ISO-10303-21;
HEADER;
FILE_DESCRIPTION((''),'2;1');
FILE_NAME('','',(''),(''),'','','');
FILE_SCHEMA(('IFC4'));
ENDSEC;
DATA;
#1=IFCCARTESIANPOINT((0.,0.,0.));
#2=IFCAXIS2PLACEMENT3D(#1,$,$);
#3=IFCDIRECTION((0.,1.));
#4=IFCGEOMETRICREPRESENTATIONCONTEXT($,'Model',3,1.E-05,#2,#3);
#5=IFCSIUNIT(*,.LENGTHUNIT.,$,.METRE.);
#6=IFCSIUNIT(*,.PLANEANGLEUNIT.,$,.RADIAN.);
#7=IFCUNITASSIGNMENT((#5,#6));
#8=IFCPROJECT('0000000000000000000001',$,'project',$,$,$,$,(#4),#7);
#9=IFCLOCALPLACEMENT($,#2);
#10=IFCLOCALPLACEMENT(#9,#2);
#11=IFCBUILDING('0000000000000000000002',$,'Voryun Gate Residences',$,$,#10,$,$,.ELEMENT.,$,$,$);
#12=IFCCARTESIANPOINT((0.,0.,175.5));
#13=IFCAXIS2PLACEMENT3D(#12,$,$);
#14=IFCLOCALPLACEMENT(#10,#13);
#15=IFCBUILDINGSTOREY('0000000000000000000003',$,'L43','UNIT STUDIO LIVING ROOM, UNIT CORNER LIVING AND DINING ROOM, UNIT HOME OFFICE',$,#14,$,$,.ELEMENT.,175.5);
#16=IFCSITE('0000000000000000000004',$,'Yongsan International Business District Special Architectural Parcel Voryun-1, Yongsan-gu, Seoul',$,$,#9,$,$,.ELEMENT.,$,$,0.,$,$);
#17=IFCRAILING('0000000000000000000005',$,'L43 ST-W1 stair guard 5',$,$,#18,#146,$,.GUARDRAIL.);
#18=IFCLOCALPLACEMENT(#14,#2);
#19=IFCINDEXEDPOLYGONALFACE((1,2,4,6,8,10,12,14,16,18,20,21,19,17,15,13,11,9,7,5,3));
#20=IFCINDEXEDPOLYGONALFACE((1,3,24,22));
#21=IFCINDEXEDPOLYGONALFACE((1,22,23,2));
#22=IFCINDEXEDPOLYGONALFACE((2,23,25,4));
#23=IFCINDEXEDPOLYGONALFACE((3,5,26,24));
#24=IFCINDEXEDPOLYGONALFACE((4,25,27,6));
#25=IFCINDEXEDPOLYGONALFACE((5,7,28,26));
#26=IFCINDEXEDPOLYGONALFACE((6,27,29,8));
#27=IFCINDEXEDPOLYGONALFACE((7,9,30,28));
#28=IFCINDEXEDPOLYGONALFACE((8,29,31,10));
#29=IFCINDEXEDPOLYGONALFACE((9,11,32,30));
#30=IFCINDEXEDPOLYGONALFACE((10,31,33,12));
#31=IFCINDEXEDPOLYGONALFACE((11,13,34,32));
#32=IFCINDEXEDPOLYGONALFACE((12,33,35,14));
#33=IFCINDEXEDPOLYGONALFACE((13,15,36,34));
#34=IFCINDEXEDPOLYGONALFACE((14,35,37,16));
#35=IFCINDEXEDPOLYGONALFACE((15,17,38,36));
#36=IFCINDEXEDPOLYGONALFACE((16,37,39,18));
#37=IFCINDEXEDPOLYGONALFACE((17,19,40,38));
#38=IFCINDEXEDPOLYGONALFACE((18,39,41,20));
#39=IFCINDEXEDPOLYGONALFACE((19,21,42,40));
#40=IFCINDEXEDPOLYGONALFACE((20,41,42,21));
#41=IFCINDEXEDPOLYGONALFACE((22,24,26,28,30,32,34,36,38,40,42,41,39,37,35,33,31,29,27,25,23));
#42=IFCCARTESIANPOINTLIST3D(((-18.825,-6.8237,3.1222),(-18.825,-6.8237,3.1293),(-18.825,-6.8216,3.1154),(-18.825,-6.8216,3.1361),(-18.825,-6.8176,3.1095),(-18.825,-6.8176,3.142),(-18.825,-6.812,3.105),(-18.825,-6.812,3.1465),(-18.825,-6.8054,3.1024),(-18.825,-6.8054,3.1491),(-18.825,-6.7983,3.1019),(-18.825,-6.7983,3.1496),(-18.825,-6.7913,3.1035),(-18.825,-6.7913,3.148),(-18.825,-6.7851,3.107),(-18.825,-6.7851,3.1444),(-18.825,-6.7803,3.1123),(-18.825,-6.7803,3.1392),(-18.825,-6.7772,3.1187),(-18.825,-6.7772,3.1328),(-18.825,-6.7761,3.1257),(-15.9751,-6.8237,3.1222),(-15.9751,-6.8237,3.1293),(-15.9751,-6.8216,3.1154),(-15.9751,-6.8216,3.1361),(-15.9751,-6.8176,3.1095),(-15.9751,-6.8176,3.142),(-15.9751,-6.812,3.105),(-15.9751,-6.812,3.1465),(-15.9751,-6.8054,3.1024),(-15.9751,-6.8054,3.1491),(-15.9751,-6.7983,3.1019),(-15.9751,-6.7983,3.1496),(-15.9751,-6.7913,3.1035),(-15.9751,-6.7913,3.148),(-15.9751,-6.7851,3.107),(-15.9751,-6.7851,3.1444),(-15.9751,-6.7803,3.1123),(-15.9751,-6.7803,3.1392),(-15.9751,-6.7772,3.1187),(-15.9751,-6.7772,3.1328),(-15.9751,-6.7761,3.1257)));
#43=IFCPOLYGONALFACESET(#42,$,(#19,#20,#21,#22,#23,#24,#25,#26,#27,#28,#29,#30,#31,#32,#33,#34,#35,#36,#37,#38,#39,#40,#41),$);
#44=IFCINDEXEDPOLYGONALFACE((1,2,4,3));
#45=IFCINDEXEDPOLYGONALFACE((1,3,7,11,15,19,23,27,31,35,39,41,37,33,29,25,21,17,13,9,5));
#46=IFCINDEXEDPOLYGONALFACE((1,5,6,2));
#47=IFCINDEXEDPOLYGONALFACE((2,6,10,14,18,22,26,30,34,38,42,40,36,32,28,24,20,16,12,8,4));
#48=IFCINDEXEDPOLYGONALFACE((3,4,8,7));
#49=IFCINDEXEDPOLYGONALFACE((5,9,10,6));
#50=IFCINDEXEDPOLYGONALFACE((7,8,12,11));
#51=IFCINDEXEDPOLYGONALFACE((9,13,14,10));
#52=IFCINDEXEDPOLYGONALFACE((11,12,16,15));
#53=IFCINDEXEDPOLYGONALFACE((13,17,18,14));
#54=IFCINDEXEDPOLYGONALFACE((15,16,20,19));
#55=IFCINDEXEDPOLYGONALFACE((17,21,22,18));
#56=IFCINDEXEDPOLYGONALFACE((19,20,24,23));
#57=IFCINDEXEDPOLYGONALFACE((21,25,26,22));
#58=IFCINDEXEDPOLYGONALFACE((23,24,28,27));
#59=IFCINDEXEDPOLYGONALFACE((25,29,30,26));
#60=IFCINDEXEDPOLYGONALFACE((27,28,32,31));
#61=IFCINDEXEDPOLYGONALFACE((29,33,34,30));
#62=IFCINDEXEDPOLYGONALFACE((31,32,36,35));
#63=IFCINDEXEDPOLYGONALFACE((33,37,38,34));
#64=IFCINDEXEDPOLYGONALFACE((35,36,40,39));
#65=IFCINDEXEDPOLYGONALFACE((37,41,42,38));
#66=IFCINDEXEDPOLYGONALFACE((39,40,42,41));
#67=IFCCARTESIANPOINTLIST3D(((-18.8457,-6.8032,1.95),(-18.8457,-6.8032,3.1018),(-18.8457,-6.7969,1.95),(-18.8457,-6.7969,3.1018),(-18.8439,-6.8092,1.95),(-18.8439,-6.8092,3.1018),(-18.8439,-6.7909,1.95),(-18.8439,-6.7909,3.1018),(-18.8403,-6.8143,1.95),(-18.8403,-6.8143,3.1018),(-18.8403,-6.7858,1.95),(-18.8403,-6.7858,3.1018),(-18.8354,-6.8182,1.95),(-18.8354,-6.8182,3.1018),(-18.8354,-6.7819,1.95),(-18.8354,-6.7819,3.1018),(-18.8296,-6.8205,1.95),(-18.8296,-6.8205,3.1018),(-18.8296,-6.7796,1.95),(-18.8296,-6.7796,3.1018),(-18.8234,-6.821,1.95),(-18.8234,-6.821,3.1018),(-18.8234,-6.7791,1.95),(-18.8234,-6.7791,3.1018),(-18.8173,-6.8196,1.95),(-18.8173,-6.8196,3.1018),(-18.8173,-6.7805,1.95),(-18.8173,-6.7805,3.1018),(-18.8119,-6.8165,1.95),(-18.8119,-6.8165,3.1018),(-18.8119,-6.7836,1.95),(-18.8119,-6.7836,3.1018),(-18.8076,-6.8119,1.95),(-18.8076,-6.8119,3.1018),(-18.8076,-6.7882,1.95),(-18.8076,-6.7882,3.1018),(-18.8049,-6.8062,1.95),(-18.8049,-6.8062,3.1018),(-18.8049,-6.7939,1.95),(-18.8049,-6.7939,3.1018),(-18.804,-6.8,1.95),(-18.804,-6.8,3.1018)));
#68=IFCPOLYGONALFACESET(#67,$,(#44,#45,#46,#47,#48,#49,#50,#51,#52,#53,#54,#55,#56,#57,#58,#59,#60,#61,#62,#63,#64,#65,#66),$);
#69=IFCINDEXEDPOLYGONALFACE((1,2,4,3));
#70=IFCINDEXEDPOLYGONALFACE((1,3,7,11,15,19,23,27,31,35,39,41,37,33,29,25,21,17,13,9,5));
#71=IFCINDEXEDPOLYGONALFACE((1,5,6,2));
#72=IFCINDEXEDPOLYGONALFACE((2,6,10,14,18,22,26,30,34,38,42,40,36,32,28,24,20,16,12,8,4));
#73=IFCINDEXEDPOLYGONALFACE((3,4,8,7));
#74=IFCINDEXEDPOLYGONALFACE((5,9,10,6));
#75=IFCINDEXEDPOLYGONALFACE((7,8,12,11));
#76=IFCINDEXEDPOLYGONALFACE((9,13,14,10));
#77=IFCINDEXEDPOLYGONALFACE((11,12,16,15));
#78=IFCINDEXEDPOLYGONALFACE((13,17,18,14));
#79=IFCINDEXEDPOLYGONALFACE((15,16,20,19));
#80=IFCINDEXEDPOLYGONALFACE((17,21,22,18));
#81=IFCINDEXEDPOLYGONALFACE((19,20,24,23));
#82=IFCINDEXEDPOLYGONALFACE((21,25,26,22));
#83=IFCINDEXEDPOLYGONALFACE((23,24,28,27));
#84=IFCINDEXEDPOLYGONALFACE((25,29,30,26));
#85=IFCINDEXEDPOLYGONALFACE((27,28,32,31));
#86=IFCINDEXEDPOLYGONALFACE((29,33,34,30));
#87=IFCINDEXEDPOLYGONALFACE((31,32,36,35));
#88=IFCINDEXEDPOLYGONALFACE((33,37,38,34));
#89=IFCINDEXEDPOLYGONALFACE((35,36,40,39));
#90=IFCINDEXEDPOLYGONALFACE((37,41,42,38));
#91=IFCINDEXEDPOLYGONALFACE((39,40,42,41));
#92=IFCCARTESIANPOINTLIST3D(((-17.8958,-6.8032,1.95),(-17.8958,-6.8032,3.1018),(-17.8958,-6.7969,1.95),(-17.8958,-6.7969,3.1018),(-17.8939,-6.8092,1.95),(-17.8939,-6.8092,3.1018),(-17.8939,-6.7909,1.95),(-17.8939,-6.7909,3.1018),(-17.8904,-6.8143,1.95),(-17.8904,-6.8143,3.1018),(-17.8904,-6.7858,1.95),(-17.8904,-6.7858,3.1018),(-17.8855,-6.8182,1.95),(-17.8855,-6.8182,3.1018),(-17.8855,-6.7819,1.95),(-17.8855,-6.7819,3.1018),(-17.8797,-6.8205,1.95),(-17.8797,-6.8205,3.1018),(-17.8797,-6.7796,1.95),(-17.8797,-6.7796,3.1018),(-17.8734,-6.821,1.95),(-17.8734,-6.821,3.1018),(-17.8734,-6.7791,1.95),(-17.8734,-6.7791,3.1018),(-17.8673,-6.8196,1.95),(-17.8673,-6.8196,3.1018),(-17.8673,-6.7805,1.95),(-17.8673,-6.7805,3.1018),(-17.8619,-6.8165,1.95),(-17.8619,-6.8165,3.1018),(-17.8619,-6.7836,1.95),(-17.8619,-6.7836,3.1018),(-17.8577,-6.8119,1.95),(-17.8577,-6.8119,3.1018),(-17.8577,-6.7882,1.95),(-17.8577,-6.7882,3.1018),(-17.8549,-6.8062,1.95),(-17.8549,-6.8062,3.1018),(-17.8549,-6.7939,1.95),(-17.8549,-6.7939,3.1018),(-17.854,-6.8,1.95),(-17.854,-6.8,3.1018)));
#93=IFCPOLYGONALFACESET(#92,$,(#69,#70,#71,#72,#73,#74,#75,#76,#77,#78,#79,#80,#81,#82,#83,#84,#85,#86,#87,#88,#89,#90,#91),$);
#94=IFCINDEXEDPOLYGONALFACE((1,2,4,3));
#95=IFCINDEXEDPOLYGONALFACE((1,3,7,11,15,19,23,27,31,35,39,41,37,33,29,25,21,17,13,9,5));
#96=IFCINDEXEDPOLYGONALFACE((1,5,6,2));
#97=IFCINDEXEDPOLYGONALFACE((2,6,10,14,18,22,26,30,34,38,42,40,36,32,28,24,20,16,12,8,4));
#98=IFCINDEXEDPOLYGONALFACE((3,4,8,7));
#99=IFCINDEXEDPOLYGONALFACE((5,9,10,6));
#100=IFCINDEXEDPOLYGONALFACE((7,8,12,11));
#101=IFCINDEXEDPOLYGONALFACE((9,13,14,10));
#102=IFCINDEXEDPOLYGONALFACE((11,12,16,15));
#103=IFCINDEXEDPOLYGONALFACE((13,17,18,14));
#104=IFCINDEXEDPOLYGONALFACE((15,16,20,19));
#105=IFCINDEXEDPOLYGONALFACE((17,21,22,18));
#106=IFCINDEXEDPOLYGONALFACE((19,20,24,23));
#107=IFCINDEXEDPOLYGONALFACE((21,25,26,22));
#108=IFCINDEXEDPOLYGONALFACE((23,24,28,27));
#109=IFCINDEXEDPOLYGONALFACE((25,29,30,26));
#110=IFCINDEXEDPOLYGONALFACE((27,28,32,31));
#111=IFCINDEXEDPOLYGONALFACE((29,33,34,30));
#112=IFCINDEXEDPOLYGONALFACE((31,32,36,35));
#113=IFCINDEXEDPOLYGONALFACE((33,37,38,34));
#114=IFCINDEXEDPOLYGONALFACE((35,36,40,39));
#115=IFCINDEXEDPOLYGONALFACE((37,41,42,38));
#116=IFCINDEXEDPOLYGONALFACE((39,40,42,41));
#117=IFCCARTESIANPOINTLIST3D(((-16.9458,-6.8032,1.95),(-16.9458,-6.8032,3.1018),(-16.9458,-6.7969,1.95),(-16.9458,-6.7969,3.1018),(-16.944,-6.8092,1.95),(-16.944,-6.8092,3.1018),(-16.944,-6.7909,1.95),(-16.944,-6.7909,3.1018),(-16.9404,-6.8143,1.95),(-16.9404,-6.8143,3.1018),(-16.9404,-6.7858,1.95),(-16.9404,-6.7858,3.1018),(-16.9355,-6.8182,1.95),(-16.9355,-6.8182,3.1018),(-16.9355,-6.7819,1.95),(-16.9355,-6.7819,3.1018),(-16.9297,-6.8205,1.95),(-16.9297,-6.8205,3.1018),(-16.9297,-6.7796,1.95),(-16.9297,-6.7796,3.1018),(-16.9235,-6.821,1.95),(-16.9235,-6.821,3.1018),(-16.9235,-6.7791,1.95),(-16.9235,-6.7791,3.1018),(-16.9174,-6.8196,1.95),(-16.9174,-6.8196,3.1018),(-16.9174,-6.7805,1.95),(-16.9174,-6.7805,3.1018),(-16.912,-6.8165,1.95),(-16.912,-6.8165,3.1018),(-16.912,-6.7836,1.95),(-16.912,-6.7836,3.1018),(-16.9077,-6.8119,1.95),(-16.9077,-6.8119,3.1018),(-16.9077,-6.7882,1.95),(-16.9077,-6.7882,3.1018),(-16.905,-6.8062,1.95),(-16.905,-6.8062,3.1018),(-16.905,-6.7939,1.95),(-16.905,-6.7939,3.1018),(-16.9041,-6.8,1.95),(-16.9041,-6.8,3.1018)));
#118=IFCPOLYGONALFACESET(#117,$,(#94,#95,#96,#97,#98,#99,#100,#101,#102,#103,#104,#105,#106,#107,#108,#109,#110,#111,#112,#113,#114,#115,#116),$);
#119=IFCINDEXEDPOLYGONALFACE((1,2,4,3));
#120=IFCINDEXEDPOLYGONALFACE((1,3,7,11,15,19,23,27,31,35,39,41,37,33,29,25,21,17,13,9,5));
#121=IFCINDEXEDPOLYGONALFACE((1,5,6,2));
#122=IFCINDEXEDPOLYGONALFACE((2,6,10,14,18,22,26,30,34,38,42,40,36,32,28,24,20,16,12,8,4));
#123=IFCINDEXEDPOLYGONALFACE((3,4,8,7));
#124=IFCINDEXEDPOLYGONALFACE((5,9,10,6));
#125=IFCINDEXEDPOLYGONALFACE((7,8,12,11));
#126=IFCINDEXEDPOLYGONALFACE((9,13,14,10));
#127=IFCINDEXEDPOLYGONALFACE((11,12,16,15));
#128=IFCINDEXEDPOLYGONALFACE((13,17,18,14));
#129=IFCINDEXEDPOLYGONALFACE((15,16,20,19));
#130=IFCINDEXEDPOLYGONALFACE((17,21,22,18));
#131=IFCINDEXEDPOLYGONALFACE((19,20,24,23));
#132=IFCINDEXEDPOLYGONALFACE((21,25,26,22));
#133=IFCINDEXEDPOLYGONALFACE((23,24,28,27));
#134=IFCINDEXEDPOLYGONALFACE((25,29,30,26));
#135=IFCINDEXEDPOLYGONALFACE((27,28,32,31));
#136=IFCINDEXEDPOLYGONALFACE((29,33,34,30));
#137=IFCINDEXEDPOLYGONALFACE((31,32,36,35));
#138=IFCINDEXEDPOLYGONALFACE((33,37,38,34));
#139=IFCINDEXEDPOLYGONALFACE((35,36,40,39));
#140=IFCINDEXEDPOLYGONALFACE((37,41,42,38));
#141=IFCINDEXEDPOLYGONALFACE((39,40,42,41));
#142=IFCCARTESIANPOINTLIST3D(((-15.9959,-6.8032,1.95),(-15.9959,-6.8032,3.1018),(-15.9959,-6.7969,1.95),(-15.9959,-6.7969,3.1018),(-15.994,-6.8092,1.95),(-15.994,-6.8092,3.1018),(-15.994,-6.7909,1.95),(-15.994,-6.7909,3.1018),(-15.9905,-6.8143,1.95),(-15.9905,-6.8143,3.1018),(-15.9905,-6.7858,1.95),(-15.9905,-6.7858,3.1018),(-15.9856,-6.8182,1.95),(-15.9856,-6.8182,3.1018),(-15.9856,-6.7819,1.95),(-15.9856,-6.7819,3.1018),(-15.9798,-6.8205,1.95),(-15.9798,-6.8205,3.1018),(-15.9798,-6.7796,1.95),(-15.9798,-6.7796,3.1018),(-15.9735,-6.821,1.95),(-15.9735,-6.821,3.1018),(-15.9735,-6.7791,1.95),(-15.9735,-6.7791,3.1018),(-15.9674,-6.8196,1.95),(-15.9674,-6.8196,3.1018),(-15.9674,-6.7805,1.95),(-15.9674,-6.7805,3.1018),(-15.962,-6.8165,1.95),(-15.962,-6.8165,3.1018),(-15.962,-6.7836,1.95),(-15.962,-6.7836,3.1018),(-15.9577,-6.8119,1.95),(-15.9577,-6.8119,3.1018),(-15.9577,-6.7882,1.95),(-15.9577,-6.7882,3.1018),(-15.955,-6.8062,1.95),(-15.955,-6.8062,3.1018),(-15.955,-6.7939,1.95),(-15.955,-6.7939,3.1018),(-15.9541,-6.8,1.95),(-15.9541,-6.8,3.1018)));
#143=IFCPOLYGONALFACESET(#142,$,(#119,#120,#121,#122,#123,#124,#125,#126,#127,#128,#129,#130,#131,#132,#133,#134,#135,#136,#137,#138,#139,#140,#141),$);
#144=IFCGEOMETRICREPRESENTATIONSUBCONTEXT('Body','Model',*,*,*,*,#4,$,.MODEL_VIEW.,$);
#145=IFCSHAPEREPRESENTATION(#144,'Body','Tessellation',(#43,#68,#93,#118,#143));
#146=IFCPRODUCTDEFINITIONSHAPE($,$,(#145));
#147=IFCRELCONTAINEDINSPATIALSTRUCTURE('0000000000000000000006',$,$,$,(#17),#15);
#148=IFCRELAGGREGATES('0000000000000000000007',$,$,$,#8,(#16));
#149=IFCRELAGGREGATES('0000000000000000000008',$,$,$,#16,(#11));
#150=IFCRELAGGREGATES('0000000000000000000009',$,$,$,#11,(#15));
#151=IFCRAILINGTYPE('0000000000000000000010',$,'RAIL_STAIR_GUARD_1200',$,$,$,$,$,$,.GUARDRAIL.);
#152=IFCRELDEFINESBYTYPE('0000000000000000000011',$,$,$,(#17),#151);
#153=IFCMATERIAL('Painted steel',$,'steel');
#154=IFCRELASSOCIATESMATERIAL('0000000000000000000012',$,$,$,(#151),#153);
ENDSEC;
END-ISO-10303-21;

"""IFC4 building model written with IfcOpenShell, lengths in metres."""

from ifc_helpers import new_model, si_unit, direction, frame, origin, origin_2d, place, context, subcontext, project, spatial, circle, extrude, material, type_object, element, save


model = new_model("IFC4")

# Units and contexts
model_context = context("Model", 3, precision=1e-05, world=origin(), true_north=direction((0.0, 1.0)))
body_context = subcontext(model_context, "Body", "Model", "MODEL_VIEW")
ifc_project = project(units=[si_unit("LENGTHUNIT", "METRE"), si_unit("PLANEANGLEUNIT", "RADIAN")], contexts=[model_context])

# Site, building, storey
site_placement = place(None, origin())
site = spatial("IfcSite", under=ifc_project, at=site_placement, Name="Yongsan International Business District Special Architectural Parcel Voryun-1, Yongsan-gu, Seoul", CompositionType="ELEMENT", RefElevation=0.0)
building_placement = place(site_placement, origin())
building = spatial("IfcBuilding", under=site, at=building_placement, Name="Voryun Gate Residences", CompositionType="ELEMENT")
storey_placement = place(building_placement, frame((0.0, 0.0, 175.5)))
storey = spatial("IfcBuildingStorey", under=building, at=storey_placement, Name="L43", Description="UNIT STUDIO LIVING ROOM, UNIT CORNER LIVING AND DINING ROOM, UNIT HOME OFFICE", CompositionType="ELEMENT", Elevation=175.5)

# Railing
ifc_material_1 = material(Name="Painted steel", Category="steel")
railing_type_1 = type_object("IfcRailingType", Name="RAIL_STAIR_GUARD_1200", PredefinedType="GUARDRAIL", material=ifc_material_1)
railing_1_placement = place(storey_placement, frame((-18.825, -6.8, 1.95)))
element("IfcRailing", 1, at=railing_1_placement, inside=storey, type_object=railing_type_1, Name="L43 ST-W1 stair guard 5", PredefinedType="GUARDRAIL", context=body_context, shape_type="SweptSolid", body=[
    extrude(circle(Radius=0.0239, at=origin_2d()), frame((0.0, 0.0, 1.1758), z_axis=(1.0, 0.0, 0.0), x_axis=(0.0, 1.0, 0.0)), (0.0, 0.0, 1.0), 2.8499),
    extrude(circle(Radius=0.021, at=origin_2d()), origin(), (0.0, 0.0, 1.0), 1.1519),
    extrude(circle(Radius=0.021, at=origin_2d()), frame((0.95, 0.0, 0.0)), (0.0, 0.0, 1.0), 1.1519),
    extrude(circle(Radius=0.021, at=origin_2d()), frame((1.8999, 0.0, 0.0)), (0.0, 0.0, 1.0), 1.1519),
    extrude(circle(Radius=0.021, at=origin_2d()), frame((2.8499, 0.0, 0.0)), (0.0, 0.0, 1.0), 1.1519),
])

save(model, "model.ifc")
